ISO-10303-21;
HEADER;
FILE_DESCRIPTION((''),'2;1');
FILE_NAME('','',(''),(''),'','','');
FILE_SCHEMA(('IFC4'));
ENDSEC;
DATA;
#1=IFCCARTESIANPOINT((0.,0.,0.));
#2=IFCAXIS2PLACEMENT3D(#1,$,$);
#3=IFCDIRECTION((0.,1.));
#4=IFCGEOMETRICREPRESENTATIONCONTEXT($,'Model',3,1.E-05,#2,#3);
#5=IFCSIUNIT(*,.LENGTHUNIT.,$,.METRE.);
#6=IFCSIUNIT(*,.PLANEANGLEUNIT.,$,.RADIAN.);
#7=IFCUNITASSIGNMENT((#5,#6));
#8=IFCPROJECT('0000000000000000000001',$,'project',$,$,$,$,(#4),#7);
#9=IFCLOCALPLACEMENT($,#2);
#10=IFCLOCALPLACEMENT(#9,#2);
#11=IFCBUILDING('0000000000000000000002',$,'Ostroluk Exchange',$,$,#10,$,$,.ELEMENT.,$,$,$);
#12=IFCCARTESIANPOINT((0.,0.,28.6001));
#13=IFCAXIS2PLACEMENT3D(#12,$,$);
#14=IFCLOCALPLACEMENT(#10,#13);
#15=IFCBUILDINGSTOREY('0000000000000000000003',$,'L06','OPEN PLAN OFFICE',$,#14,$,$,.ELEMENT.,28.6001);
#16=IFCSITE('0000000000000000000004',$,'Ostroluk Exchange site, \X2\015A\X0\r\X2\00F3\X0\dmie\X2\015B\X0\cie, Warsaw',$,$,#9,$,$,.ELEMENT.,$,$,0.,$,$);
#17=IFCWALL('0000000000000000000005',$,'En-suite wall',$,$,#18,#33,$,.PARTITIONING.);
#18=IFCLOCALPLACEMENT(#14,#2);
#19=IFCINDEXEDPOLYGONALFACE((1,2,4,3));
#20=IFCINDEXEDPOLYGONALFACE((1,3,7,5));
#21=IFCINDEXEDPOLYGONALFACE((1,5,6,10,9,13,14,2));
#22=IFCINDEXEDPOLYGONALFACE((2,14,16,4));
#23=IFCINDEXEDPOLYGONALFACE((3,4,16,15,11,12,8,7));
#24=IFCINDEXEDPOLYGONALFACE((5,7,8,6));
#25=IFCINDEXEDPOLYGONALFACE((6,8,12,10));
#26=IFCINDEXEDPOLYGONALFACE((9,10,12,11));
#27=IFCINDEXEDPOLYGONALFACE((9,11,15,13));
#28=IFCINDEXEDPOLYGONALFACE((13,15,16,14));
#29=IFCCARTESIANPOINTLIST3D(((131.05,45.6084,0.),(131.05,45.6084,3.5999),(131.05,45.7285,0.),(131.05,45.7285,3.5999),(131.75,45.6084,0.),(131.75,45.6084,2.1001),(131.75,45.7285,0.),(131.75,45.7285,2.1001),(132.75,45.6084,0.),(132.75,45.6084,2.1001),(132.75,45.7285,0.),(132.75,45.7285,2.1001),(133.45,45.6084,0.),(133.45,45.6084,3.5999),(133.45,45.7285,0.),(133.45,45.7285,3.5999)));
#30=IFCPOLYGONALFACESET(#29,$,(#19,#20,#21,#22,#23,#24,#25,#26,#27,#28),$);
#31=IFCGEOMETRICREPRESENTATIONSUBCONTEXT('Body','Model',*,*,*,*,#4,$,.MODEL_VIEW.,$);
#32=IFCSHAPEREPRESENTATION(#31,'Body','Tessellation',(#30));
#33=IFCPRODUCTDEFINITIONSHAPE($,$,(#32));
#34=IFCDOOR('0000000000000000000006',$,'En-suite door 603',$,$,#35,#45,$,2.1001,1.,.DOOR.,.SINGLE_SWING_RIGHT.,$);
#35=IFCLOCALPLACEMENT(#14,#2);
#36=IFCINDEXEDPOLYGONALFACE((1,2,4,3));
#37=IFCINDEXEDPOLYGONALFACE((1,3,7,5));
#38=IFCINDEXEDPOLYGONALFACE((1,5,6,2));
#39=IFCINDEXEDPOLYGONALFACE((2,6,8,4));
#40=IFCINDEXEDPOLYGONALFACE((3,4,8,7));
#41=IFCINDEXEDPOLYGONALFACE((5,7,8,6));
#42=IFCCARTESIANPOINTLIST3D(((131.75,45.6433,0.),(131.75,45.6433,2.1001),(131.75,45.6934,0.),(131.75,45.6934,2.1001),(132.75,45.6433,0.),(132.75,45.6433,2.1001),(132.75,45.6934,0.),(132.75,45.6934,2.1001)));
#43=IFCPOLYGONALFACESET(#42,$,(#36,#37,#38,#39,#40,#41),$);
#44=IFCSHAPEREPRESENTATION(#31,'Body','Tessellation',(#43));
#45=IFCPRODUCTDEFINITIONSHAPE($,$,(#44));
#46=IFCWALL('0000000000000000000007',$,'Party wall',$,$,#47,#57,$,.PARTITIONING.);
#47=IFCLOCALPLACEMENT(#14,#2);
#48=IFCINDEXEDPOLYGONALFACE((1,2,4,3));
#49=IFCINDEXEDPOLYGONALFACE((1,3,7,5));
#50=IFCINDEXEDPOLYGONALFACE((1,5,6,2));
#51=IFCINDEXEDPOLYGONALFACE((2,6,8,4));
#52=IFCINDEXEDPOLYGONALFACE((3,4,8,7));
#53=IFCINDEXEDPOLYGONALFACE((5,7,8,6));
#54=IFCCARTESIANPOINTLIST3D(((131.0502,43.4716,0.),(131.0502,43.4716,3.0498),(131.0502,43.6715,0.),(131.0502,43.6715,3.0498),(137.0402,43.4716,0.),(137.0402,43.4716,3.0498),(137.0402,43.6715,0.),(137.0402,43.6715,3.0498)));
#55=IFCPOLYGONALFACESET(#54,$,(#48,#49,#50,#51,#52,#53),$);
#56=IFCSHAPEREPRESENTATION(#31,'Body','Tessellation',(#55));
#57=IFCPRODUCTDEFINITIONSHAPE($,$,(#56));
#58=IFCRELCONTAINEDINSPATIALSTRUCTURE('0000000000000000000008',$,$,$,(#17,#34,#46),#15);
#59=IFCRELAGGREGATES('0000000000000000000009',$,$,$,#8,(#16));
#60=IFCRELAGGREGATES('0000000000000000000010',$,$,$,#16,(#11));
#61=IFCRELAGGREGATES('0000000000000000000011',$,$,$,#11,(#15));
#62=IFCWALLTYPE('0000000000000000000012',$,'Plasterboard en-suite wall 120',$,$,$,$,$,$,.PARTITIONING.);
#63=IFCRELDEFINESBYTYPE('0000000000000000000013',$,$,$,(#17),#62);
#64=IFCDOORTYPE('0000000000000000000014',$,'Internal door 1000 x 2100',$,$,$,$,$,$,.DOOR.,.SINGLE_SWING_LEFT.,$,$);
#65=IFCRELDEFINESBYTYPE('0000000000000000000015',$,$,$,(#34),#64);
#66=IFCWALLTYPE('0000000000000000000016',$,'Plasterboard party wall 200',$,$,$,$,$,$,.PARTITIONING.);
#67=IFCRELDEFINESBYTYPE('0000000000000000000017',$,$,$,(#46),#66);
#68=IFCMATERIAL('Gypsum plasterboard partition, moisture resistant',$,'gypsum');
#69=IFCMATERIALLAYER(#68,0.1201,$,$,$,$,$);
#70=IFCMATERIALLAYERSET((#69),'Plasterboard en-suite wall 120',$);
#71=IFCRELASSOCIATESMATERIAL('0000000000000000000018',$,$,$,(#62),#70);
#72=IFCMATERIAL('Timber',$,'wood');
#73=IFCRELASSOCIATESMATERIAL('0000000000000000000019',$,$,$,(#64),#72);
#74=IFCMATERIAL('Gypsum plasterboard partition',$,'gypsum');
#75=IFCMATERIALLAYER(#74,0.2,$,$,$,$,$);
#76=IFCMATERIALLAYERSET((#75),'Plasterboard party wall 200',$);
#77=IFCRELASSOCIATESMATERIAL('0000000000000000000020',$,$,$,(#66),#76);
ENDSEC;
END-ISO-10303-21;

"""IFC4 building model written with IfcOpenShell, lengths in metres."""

from ifc_helpers import new_model, si_unit, direction, frame, frame_2d, origin, place, context, subcontext, project, spatial, rectangle, extrude, material, layer, layer_set, type_object, element, fill, save


model = new_model("IFC4")

# Units and contexts
model_context = context("Model", 3, precision=1e-05, world=origin(), true_north=direction((0.0, 1.0)))
body_context = subcontext(model_context, "Body", "Model", "MODEL_VIEW")
ifc_project = project(units=[si_unit("LENGTHUNIT", "METRE"), si_unit("PLANEANGLEUNIT", "RADIAN")], contexts=[model_context])

# Site, building, storey
site_placement = place(None, origin())
site = spatial("IfcSite", under=ifc_project, at=site_placement, Name="Ostroluk Exchange site, Śródmieście, Warsaw", CompositionType="ELEMENT", RefElevation=0.0)
building_placement = place(site_placement, origin())
building = spatial("IfcBuilding", under=site, at=building_placement, Name="Ostroluk Exchange", CompositionType="ELEMENT")
storey_placement = place(building_placement, frame((0.0, 0.0, 28.6001)))
storey = spatial("IfcBuildingStorey", under=building, at=storey_placement, Name="L06", Description="OPEN PLAN OFFICE", CompositionType="ELEMENT", Elevation=28.6001)

# Shared definitions
ifc_material_1 = material(Name="Gypsum plasterboard partition, moisture resistant", Category="gypsum")
ifc_layer_1 = layer(ifc_material_1, 0.1201)
ifc_layer_set_1 = layer_set([ifc_layer_1], Name="Plasterboard en-suite wall 120")
wall_type_1 = type_object("IfcWallType", Name="Plasterboard en-suite wall 120", PredefinedType="PARTITIONING", material=ifc_layer_set_1)

# Wall, opening, door
wall_1_placement = place(storey_placement, frame((131.05, 45.6685, 0.0), z_axis=(0.0, 0.0, 1.0), x_axis=(1.0, 0.0, 0.0)))
wall_1 = element("IfcWall", 1, at=wall_1_placement, inside=storey, type_object=wall_type_1, Name="En-suite wall", PredefinedType="PARTITIONING", context=body_context, shape_type="SweptSolid", body=[
    extrude(rectangle(XDim=2.3999, YDim=0.1201, at=frame_2d((1.2, 0.0))), origin(), (0.0, 0.0, 1.0), 3.5999),
])
opening_1_placement = place(wall_1_placement, frame((0.7, 0.0, 0.0)))
opening_1 = element("IfcOpeningElement", 2, at=opening_1_placement, cuts=wall_1, PredefinedType="OPENING", context=body_context, shape_type="SweptSolid", body=[
    extrude(rectangle(XDim=1.0, YDim=2.1001, at=frame_2d((0.5, 1.05))), frame((0.0, 0.0701, 0.0), z_axis=(0.0, -1.0, 0.0), x_axis=(1.0, 0.0, 0.0)), (0.0, 0.0, 1.0), 0.1401),
])
ifc_material_2 = material(Name="Timber", Category="wood")
door_type_1 = type_object("IfcDoorType", Name="Internal door 1000 x 2100", OperationType="SINGLE_SWING_LEFT", PredefinedType="DOOR", material=ifc_material_2)
door_1_placement = place(opening_1_placement, origin())
door_1 = element("IfcDoor", 3, at=door_1_placement, inside=storey, type_object=door_type_1, Name="En-suite door 603", OperationType="SINGLE_SWING_RIGHT", OverallHeight=2.1001, OverallWidth=1.0, PredefinedType="DOOR", context=body_context, shape_type="SweptSolid", body=[
    extrude(rectangle(XDim=1.0, YDim=2.1001, at=frame_2d((0.5, 1.05))), frame((0.0, 0.0249, 0.0), z_axis=(0.0, -1.0, 0.0), x_axis=(1.0, 0.0, 0.0)), (0.0, 0.0, 1.0), 0.05),
])
fill(opening_1, door_1)

# Wall
ifc_material_3 = material(Name="Gypsum plasterboard partition", Category="gypsum")
ifc_layer_2 = layer(ifc_material_3, 0.2)
ifc_layer_set_2 = layer_set([ifc_layer_2], Name="Plasterboard party wall 200")
wall_type_2 = type_object("IfcWallType", Name="Plasterboard party wall 200", PredefinedType="PARTITIONING", material=ifc_layer_set_2)
wall_2_placement = place(storey_placement, frame((131.05, 43.5715, 0.0), z_axis=(0.0, 0.0, 1.0), x_axis=(1.0, 0.0, 0.0)))
element("IfcWall", 4, at=wall_2_placement, inside=storey, type_object=wall_type_2, Name="Party wall", PredefinedType="PARTITIONING", context=body_context, shape_type="SweptSolid", body=[
    extrude(rectangle(XDim=5.99, YDim=0.2, at=frame_2d((2.9951, 0.0))), origin(), (0.0, 0.0, 1.0), 3.0498),
])

save(model, "model.ifc")
